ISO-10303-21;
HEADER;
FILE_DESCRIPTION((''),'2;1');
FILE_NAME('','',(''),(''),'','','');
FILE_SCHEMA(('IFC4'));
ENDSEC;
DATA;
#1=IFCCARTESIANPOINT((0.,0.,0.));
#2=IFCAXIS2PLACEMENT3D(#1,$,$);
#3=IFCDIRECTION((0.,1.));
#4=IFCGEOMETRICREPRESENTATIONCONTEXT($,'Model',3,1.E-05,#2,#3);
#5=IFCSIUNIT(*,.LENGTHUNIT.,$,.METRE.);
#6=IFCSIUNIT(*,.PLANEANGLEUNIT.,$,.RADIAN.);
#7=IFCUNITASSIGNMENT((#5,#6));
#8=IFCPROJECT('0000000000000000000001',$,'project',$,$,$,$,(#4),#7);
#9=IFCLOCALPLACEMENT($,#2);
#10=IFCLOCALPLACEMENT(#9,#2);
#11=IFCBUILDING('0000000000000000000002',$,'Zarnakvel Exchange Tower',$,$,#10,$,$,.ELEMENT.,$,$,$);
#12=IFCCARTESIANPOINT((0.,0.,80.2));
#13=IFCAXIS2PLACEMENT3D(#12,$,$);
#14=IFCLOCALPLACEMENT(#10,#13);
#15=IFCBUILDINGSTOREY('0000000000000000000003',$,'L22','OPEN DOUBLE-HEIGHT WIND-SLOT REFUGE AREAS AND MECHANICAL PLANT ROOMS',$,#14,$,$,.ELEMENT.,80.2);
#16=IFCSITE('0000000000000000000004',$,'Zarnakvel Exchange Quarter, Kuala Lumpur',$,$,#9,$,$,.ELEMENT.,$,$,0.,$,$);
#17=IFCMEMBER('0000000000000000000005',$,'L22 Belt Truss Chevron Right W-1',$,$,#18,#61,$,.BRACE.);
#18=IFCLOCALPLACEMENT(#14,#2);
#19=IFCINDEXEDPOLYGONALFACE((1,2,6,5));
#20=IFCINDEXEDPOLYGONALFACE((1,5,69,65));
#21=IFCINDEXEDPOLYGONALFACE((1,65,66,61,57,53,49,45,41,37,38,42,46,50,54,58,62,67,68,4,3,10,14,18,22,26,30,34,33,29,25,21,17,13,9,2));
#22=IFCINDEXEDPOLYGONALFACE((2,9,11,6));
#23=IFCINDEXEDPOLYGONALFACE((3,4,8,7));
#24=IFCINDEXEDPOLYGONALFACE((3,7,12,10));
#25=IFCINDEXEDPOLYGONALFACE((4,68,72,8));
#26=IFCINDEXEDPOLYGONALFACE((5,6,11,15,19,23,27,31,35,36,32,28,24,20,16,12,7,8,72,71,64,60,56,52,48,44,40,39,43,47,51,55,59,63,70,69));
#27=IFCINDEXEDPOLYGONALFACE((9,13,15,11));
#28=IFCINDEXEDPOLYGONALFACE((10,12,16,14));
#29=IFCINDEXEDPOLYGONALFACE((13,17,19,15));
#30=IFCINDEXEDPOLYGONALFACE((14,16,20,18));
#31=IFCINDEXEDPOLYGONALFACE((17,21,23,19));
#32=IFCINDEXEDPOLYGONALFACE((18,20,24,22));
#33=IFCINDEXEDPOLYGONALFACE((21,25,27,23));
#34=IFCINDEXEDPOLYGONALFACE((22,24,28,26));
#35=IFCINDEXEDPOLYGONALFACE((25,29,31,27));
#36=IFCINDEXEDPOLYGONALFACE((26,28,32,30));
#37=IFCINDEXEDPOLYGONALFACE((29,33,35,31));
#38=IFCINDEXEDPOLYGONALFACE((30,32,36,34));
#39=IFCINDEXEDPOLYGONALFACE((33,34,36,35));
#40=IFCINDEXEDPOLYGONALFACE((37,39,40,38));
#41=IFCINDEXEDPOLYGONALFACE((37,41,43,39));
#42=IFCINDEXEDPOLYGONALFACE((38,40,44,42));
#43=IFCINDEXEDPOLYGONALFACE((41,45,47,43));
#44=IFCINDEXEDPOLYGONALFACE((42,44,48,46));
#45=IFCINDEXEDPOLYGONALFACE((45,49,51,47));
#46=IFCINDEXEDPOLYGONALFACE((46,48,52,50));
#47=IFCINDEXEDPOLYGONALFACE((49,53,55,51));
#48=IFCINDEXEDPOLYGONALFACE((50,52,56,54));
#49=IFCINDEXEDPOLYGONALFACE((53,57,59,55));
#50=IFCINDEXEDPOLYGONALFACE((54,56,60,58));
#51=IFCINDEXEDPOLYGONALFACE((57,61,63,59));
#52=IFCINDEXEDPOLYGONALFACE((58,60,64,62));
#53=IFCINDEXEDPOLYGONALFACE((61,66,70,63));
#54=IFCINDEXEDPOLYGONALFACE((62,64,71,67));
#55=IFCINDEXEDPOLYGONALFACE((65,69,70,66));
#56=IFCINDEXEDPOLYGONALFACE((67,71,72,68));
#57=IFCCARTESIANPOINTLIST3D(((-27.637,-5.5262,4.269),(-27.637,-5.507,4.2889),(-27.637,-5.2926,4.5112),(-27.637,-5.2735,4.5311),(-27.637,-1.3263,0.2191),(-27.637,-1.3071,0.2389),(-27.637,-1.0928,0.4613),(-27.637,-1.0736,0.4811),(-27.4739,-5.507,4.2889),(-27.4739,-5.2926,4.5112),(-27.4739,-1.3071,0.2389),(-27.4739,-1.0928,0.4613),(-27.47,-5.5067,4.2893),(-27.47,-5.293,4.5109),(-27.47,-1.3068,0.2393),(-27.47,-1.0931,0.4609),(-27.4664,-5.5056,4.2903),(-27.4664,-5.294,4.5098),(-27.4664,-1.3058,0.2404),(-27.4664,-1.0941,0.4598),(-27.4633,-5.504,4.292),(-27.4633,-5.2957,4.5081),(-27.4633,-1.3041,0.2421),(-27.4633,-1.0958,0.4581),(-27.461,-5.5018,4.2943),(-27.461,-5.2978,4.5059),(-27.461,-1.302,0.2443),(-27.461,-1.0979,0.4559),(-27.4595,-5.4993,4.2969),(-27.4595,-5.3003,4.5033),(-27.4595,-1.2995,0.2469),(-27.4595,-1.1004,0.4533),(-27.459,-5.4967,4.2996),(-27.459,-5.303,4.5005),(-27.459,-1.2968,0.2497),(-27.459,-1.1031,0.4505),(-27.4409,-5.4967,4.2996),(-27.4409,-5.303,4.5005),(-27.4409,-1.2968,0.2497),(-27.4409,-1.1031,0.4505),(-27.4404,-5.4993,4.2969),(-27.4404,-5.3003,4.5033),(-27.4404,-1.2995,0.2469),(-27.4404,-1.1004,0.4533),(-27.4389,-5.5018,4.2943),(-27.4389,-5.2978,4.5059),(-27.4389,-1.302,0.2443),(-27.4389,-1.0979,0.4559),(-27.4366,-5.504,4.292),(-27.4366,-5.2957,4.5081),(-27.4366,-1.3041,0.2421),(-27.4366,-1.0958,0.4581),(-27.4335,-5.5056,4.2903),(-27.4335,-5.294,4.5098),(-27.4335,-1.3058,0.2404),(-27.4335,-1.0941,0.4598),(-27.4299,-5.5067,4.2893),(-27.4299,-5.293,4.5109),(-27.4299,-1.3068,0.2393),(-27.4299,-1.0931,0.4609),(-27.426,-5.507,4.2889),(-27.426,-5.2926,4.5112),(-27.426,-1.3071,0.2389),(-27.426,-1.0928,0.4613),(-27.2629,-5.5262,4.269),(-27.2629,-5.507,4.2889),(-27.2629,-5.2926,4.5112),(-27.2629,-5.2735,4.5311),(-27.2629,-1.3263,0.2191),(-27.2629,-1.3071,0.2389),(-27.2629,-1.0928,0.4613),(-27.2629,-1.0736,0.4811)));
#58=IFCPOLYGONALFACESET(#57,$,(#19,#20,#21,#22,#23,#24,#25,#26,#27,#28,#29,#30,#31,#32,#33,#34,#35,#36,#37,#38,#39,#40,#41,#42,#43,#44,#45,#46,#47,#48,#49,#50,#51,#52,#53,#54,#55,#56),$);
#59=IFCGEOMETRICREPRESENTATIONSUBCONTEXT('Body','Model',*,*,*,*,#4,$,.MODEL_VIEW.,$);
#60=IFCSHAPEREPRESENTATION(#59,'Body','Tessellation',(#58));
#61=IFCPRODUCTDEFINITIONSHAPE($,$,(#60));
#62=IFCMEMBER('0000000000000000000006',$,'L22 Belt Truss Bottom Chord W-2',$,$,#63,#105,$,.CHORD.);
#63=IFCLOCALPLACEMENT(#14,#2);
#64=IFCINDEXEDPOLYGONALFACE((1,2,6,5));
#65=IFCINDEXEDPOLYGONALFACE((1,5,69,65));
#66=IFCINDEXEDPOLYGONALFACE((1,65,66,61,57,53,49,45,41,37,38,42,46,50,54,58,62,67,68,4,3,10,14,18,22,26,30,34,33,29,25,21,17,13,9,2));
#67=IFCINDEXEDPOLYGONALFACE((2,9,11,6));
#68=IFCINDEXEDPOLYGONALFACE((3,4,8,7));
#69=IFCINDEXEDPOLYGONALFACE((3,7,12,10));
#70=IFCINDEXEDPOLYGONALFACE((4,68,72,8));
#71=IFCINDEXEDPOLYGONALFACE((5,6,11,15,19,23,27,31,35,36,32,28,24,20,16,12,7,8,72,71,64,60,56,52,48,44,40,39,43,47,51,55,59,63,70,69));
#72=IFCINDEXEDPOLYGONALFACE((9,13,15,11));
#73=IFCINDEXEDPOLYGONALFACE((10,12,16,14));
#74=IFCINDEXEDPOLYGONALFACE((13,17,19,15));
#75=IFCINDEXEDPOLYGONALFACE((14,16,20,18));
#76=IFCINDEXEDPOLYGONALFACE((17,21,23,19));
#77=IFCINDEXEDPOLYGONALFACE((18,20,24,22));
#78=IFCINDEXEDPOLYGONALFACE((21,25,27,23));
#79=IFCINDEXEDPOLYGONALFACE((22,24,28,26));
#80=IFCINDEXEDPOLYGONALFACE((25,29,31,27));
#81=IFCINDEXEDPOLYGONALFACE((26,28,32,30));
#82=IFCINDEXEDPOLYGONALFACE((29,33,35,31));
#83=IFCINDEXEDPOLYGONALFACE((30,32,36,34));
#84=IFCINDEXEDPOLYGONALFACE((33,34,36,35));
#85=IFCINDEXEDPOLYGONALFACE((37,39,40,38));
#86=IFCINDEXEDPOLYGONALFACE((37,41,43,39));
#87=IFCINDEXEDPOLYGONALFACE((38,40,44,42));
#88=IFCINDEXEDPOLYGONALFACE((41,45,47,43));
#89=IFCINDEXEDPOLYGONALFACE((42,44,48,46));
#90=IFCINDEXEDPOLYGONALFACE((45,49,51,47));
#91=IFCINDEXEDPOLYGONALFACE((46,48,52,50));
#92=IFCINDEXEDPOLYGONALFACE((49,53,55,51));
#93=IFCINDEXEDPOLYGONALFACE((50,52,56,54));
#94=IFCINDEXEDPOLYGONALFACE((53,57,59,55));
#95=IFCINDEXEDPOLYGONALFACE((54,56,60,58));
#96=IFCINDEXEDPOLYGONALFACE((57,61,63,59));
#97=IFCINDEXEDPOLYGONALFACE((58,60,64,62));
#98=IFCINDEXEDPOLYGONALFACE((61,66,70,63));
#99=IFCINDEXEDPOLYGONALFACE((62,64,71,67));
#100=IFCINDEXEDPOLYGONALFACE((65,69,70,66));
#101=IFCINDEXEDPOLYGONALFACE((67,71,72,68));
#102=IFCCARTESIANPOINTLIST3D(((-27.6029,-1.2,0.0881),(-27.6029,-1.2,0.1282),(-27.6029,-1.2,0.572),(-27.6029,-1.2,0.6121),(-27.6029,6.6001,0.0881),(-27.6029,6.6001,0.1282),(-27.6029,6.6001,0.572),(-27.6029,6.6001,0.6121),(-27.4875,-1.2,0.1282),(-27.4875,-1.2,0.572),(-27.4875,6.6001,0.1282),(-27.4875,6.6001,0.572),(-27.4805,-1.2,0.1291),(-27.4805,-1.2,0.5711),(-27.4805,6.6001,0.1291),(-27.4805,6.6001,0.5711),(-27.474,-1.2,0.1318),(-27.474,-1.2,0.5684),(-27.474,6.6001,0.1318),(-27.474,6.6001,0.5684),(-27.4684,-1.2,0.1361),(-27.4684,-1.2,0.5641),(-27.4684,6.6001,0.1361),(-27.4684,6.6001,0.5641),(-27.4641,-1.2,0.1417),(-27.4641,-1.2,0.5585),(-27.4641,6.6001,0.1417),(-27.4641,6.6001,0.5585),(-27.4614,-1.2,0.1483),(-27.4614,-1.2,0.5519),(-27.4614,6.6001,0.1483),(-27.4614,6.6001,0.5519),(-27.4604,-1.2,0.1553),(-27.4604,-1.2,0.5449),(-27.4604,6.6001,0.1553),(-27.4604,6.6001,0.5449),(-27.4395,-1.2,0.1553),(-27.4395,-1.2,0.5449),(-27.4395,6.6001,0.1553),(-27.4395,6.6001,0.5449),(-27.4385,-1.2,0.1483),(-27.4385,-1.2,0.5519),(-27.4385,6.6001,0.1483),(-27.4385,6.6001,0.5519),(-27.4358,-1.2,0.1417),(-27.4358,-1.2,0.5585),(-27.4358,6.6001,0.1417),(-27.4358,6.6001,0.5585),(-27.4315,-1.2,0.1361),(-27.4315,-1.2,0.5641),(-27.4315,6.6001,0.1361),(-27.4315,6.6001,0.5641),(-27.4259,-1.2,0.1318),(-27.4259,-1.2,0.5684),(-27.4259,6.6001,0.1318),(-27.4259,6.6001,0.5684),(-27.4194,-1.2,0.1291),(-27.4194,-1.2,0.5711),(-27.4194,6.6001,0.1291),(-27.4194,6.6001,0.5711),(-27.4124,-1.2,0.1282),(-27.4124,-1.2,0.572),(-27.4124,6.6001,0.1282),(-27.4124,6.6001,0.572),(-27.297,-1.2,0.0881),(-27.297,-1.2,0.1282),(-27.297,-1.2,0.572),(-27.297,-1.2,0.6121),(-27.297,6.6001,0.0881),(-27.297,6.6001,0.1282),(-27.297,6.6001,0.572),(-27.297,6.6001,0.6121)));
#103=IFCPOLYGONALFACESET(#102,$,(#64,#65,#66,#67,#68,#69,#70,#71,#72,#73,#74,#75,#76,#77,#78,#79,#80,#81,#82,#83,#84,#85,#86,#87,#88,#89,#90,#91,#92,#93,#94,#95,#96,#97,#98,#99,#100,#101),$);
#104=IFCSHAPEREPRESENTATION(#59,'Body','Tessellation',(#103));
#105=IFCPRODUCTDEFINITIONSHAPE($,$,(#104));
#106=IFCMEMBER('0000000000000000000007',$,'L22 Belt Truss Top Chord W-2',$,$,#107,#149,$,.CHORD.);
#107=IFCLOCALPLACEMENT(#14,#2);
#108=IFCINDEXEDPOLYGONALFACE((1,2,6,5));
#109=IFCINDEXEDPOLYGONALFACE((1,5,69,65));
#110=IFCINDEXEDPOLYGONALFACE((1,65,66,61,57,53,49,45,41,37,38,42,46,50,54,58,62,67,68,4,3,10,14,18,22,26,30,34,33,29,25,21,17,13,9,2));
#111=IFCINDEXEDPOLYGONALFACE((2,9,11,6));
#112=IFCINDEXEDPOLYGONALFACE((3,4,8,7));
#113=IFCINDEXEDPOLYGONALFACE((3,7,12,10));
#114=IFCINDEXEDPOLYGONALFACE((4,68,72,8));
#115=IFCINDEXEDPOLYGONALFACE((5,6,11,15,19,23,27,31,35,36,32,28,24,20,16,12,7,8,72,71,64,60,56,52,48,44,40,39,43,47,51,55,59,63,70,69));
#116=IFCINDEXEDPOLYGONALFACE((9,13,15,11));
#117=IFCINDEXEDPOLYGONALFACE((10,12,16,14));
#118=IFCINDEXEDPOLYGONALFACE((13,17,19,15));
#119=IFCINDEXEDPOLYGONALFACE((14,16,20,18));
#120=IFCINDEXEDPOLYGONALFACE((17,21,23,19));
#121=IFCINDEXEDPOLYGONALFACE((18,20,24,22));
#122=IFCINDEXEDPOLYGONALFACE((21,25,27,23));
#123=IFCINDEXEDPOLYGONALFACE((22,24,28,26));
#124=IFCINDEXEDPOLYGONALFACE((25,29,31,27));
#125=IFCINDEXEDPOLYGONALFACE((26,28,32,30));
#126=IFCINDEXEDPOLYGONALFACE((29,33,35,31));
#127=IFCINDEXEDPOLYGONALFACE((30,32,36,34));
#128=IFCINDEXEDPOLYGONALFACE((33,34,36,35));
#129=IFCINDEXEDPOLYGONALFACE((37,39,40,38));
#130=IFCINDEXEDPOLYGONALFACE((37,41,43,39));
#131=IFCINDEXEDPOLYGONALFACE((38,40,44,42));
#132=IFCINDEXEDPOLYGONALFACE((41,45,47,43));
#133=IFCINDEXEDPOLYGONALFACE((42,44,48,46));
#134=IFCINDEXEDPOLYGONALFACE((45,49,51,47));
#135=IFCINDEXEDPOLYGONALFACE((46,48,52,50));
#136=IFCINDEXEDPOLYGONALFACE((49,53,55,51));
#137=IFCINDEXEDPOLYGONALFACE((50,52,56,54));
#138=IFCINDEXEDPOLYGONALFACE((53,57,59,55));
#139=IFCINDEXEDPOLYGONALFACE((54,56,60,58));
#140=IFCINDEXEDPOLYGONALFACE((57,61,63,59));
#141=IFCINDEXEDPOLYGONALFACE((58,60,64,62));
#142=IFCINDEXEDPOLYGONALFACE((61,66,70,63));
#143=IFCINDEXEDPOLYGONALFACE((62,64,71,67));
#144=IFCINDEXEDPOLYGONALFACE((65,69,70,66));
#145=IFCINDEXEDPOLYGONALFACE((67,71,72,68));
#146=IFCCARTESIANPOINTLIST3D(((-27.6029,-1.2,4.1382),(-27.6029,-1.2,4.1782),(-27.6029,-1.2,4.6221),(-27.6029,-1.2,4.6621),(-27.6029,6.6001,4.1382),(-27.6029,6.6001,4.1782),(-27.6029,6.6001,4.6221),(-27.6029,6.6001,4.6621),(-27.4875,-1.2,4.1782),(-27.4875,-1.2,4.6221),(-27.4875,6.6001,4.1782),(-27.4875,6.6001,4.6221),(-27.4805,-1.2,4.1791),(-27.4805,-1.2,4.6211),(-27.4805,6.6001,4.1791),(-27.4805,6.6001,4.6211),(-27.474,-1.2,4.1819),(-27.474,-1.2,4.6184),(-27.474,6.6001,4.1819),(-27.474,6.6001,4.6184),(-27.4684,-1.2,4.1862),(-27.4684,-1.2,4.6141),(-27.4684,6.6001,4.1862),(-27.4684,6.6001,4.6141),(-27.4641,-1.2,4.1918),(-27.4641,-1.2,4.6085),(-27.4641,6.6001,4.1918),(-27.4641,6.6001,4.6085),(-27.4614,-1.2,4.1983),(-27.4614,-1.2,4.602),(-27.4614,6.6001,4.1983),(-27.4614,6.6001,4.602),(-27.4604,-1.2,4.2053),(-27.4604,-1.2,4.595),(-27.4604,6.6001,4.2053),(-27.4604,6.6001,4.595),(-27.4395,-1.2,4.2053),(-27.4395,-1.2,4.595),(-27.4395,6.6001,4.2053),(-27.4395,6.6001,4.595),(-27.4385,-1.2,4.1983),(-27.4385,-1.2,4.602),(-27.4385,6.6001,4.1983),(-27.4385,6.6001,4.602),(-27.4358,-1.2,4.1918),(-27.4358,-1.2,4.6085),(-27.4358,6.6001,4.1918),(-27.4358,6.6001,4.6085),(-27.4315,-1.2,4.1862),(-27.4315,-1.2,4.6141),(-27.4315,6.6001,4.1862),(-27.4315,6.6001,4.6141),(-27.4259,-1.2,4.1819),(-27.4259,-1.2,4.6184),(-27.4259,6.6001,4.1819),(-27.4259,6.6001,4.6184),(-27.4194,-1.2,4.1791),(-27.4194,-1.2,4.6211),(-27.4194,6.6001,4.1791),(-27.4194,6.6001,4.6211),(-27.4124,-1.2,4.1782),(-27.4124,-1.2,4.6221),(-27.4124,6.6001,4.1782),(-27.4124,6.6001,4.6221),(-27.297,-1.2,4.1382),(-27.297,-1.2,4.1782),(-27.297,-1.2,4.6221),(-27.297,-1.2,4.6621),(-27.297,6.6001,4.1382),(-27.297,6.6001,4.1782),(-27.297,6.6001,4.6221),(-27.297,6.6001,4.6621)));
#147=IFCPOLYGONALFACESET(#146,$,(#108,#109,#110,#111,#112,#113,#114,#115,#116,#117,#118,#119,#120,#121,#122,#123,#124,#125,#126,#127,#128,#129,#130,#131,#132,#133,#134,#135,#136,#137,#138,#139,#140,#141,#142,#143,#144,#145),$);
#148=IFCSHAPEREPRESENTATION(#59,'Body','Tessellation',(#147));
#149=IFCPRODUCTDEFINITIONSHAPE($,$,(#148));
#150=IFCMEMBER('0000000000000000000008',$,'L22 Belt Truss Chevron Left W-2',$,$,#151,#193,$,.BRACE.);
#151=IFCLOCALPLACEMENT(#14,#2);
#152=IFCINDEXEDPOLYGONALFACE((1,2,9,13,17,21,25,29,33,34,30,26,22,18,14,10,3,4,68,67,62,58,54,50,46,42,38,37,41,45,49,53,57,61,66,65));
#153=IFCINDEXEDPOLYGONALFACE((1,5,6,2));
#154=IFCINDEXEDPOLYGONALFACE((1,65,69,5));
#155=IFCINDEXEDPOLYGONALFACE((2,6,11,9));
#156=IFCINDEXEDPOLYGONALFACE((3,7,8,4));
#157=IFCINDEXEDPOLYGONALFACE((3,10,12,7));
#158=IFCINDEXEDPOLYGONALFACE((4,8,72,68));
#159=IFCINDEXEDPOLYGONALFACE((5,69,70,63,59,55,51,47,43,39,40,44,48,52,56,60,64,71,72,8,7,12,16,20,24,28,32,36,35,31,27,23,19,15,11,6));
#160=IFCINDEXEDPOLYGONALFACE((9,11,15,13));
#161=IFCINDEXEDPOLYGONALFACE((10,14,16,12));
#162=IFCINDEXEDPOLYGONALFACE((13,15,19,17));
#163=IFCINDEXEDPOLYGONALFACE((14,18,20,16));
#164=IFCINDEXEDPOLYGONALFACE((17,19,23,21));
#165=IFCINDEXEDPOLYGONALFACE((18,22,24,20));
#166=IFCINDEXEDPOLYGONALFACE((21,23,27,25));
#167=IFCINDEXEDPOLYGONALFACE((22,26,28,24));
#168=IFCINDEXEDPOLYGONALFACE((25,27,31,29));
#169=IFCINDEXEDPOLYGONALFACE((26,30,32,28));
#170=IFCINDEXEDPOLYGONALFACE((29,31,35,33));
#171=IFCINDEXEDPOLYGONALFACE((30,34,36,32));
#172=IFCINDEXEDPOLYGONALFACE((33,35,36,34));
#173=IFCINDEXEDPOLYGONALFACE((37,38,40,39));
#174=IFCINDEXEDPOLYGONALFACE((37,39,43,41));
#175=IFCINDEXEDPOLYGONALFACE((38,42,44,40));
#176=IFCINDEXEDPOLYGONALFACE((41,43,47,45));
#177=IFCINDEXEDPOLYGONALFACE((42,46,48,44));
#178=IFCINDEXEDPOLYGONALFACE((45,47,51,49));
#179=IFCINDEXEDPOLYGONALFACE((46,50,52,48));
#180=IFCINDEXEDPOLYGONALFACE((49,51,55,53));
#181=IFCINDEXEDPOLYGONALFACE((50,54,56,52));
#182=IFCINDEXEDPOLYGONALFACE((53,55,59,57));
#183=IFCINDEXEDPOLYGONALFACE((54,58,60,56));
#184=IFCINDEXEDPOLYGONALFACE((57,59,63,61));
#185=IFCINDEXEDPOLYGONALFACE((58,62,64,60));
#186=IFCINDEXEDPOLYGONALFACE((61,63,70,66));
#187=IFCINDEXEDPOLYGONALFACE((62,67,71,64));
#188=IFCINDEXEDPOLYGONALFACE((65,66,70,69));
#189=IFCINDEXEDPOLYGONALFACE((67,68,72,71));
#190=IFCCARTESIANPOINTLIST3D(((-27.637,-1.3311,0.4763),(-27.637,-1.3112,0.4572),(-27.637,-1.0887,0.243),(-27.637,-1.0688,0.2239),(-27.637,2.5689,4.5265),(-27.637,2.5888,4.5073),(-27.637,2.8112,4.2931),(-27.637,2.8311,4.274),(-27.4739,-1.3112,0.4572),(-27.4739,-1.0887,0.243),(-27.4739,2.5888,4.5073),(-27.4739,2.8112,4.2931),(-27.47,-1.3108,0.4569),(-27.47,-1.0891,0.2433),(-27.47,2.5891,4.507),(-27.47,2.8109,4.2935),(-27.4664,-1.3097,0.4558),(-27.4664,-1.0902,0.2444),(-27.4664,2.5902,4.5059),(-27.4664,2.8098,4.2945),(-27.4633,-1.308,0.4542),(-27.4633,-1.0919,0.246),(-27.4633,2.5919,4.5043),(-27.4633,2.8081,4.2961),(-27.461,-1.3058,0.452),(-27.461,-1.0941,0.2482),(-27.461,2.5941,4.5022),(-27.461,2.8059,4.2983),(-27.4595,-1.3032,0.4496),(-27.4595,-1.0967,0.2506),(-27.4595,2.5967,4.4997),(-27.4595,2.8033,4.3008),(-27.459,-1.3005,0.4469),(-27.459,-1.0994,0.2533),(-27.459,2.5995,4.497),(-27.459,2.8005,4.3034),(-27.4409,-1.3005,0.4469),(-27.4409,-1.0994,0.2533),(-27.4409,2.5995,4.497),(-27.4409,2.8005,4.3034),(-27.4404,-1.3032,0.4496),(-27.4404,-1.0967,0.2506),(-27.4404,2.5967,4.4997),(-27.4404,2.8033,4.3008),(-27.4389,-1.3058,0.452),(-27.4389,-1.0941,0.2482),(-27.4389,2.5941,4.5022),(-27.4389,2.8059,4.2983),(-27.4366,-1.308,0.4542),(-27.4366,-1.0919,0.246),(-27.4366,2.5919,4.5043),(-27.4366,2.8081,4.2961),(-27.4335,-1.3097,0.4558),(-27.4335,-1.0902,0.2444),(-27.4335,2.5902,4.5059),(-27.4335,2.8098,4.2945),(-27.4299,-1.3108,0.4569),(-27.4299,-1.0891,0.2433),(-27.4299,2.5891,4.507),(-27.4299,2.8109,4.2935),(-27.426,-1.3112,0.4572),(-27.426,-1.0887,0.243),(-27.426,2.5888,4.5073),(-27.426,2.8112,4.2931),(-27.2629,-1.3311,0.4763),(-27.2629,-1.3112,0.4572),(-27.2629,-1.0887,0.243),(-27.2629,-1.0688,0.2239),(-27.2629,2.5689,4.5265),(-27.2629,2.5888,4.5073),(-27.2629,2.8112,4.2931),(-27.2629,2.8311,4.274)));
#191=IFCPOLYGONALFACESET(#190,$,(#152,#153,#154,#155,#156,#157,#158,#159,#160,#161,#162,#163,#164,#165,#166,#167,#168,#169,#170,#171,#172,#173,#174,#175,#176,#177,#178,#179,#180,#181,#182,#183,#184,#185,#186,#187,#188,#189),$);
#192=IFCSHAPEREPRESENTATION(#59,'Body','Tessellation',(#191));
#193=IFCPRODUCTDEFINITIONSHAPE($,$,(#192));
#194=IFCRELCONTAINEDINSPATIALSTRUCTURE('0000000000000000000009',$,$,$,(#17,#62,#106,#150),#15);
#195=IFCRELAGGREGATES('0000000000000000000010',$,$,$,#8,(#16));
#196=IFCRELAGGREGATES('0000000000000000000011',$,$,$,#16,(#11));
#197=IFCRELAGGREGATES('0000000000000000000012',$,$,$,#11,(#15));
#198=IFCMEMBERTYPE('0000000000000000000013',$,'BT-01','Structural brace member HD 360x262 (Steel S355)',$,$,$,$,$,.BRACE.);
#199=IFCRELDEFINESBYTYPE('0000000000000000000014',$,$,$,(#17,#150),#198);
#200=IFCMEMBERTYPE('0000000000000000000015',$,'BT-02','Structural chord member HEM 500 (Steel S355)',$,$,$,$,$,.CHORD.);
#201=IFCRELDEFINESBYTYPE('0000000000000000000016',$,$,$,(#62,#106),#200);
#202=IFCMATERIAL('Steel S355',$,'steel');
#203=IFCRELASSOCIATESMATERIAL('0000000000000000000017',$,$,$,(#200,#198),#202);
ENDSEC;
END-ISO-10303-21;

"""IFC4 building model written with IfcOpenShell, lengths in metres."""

from ifc_helpers import new_model, si_unit, direction, frame, origin, origin_2d, place, context, subcontext, project, spatial, i_section, extrude, source, transform, mapped, material, material_profile, profile_set, type_object, element, save


model = new_model("IFC4")

# Units and contexts
model_context = context("Model", 3, precision=1e-05, world=origin(), true_north=direction((0.0, 1.0)))
body_context = subcontext(model_context, "Body", "Model", "MODEL_VIEW")
ifc_project = project(units=[si_unit("LENGTHUNIT", "METRE"), si_unit("PLANEANGLEUNIT", "RADIAN")], contexts=[model_context])

# Site, building, storey
site_placement = place(None, origin())
site = spatial("IfcSite", under=ifc_project, at=site_placement, Name="Zarnakvel Exchange Quarter, Kuala Lumpur", CompositionType="ELEMENT", RefElevation=0.0)
building_placement = place(site_placement, origin())
building = spatial("IfcBuilding", under=site, at=building_placement, Name="Zarnakvel Exchange Tower", CompositionType="ELEMENT")
storey_placement = place(building_placement, frame((0.0, 0.0, 80.2)))
storey = spatial("IfcBuildingStorey", under=building, at=storey_placement, Name="L22", Description="OPEN DOUBLE-HEIGHT WIND-SLOT REFUGE AREAS AND MECHANICAL PLANT ROOMS", CompositionType="ELEMENT", Elevation=80.2)

# Shared definitions
ifc_material_1 = material(Name="Steel S355", Category="steel")

# Members
ifc_material_profile_1 = material_profile(ifc_material_1, i_section(OverallWidth=0.3059, OverallDepth=0.5239, WebThickness=0.021, FlangeThickness=0.04, FilletRadius=0.0271, at=origin_2d()))
ifc_profile_set_1 = profile_set([ifc_material_profile_1], Name="Steel S355")
member_type_1 = type_object("IfcMemberType", Name="BT-02", Description="Structural chord member HEM 500 (Steel S355)", PredefinedType="CHORD", material=ifc_profile_set_1)
ifc_material_profile_2 = material_profile(ifc_material_1, i_section(OverallWidth=0.374, OverallDepth=0.364, WebThickness=0.0181, FlangeThickness=0.0276, FilletRadius=0.0149, at=origin_2d()))
ifc_profile_set_2 = profile_set([ifc_material_profile_2], Name="Steel S355")
member_type_2 = type_object("IfcMemberType", Name="BT-01", Description="Structural brace member HD 360x262 (Steel S355)", PredefinedType="BRACE", material=ifc_profile_set_2)
shared_shape_1 = source(origin(), body_context, "Body", "SweptSolid", [
    extrude(i_section(OverallWidth=0.374, OverallDepth=0.364, WebThickness=0.0181, FlangeThickness=0.0276, FilletRadius=0.0149, at=origin_2d()), origin(), (0.0, 0.0, 1.0), 5.8345),
])
member_1_placement = place(storey_placement, frame((-27.45, -1.2, 0.3501), z_axis=(0.0, -0.719836, 0.694144), x_axis=(1.0, 0.0, 0.0)))
element("IfcMember", 1, at=member_1_placement, inside=storey, type_object=member_type_2, Name="L22 Belt Truss Chevron Right W-1", PredefinedType="BRACE", context=body_context, shape_type="MappedRepresentation", body=[
    mapped(shared_shape_1, transform((0.0, 0.0, 0.0), x_axis=(1.0, 0.0, 0.0), y_axis=(0.0, 1.0, 0.0), z_axis=(0.0, 0.0, 1.0), scale=1.0)),
])
shared_shape_2 = source(origin(), body_context, "Body", "SweptSolid", [
    extrude(i_section(OverallWidth=0.3059, OverallDepth=0.5239, WebThickness=0.021, FlangeThickness=0.04, FilletRadius=0.0271, at=origin_2d()), origin(), (0.0, 0.0, 1.0), 7.8),
])
for number, where, z_axis, x_axis, name in (
    (2, (-27.45, -1.2, 0.3501), (0.0, 1.0, 0.0), (-1.0, 0.0, 0.0), "L22 Belt Truss Bottom Chord W-2"),
    (3, (-27.45, -1.2, 4.4001), (0.0, 1.0, 0.0), (-1.0, 0.0, 0.0), "L22 Belt Truss Top Chord W-2"),
):
    element("IfcMember", number, at=place(storey_placement, frame(where, z_axis=z_axis, x_axis=x_axis)), inside=storey, type_object=member_type_1, Name=name, PredefinedType="CHORD", context=body_context, shape_type="MappedRepresentation", body=[
        mapped(shared_shape_2, transform((0.0, 0.0, 0.0), x_axis=(1.0, 0.0, 0.0), y_axis=(0.0, 1.0, 0.0), z_axis=(0.0, 0.0, 1.0), scale=1.0)),
    ])
shared_shape_3 = source(origin(), body_context, "Body", "SweptSolid", [
    extrude(i_section(OverallWidth=0.374, OverallDepth=0.364, WebThickness=0.0181, FlangeThickness=0.0276, FilletRadius=0.0149, at=origin_2d()), origin(), (0.0, 0.0, 1.0), 5.6226),
])
member_2_placement = place(storey_placement, frame((-27.45, -1.2, 0.3501), z_axis=(0.0, 0.693628, 0.720333), x_axis=(-1.0, 0.0, 0.0)))
element("IfcMember", 4, at=member_2_placement, inside=storey, type_object=member_type_2, Name="L22 Belt Truss Chevron Left W-2", PredefinedType="BRACE", context=body_context, shape_type="MappedRepresentation", body=[
    mapped(shared_shape_3, transform((0.0, 0.0, 0.0), x_axis=(1.0, 0.0, 0.0), y_axis=(0.0, 1.0, 0.0), z_axis=(0.0, 0.0, 1.0), scale=1.0)),
])

save(model, "model.ifc")
